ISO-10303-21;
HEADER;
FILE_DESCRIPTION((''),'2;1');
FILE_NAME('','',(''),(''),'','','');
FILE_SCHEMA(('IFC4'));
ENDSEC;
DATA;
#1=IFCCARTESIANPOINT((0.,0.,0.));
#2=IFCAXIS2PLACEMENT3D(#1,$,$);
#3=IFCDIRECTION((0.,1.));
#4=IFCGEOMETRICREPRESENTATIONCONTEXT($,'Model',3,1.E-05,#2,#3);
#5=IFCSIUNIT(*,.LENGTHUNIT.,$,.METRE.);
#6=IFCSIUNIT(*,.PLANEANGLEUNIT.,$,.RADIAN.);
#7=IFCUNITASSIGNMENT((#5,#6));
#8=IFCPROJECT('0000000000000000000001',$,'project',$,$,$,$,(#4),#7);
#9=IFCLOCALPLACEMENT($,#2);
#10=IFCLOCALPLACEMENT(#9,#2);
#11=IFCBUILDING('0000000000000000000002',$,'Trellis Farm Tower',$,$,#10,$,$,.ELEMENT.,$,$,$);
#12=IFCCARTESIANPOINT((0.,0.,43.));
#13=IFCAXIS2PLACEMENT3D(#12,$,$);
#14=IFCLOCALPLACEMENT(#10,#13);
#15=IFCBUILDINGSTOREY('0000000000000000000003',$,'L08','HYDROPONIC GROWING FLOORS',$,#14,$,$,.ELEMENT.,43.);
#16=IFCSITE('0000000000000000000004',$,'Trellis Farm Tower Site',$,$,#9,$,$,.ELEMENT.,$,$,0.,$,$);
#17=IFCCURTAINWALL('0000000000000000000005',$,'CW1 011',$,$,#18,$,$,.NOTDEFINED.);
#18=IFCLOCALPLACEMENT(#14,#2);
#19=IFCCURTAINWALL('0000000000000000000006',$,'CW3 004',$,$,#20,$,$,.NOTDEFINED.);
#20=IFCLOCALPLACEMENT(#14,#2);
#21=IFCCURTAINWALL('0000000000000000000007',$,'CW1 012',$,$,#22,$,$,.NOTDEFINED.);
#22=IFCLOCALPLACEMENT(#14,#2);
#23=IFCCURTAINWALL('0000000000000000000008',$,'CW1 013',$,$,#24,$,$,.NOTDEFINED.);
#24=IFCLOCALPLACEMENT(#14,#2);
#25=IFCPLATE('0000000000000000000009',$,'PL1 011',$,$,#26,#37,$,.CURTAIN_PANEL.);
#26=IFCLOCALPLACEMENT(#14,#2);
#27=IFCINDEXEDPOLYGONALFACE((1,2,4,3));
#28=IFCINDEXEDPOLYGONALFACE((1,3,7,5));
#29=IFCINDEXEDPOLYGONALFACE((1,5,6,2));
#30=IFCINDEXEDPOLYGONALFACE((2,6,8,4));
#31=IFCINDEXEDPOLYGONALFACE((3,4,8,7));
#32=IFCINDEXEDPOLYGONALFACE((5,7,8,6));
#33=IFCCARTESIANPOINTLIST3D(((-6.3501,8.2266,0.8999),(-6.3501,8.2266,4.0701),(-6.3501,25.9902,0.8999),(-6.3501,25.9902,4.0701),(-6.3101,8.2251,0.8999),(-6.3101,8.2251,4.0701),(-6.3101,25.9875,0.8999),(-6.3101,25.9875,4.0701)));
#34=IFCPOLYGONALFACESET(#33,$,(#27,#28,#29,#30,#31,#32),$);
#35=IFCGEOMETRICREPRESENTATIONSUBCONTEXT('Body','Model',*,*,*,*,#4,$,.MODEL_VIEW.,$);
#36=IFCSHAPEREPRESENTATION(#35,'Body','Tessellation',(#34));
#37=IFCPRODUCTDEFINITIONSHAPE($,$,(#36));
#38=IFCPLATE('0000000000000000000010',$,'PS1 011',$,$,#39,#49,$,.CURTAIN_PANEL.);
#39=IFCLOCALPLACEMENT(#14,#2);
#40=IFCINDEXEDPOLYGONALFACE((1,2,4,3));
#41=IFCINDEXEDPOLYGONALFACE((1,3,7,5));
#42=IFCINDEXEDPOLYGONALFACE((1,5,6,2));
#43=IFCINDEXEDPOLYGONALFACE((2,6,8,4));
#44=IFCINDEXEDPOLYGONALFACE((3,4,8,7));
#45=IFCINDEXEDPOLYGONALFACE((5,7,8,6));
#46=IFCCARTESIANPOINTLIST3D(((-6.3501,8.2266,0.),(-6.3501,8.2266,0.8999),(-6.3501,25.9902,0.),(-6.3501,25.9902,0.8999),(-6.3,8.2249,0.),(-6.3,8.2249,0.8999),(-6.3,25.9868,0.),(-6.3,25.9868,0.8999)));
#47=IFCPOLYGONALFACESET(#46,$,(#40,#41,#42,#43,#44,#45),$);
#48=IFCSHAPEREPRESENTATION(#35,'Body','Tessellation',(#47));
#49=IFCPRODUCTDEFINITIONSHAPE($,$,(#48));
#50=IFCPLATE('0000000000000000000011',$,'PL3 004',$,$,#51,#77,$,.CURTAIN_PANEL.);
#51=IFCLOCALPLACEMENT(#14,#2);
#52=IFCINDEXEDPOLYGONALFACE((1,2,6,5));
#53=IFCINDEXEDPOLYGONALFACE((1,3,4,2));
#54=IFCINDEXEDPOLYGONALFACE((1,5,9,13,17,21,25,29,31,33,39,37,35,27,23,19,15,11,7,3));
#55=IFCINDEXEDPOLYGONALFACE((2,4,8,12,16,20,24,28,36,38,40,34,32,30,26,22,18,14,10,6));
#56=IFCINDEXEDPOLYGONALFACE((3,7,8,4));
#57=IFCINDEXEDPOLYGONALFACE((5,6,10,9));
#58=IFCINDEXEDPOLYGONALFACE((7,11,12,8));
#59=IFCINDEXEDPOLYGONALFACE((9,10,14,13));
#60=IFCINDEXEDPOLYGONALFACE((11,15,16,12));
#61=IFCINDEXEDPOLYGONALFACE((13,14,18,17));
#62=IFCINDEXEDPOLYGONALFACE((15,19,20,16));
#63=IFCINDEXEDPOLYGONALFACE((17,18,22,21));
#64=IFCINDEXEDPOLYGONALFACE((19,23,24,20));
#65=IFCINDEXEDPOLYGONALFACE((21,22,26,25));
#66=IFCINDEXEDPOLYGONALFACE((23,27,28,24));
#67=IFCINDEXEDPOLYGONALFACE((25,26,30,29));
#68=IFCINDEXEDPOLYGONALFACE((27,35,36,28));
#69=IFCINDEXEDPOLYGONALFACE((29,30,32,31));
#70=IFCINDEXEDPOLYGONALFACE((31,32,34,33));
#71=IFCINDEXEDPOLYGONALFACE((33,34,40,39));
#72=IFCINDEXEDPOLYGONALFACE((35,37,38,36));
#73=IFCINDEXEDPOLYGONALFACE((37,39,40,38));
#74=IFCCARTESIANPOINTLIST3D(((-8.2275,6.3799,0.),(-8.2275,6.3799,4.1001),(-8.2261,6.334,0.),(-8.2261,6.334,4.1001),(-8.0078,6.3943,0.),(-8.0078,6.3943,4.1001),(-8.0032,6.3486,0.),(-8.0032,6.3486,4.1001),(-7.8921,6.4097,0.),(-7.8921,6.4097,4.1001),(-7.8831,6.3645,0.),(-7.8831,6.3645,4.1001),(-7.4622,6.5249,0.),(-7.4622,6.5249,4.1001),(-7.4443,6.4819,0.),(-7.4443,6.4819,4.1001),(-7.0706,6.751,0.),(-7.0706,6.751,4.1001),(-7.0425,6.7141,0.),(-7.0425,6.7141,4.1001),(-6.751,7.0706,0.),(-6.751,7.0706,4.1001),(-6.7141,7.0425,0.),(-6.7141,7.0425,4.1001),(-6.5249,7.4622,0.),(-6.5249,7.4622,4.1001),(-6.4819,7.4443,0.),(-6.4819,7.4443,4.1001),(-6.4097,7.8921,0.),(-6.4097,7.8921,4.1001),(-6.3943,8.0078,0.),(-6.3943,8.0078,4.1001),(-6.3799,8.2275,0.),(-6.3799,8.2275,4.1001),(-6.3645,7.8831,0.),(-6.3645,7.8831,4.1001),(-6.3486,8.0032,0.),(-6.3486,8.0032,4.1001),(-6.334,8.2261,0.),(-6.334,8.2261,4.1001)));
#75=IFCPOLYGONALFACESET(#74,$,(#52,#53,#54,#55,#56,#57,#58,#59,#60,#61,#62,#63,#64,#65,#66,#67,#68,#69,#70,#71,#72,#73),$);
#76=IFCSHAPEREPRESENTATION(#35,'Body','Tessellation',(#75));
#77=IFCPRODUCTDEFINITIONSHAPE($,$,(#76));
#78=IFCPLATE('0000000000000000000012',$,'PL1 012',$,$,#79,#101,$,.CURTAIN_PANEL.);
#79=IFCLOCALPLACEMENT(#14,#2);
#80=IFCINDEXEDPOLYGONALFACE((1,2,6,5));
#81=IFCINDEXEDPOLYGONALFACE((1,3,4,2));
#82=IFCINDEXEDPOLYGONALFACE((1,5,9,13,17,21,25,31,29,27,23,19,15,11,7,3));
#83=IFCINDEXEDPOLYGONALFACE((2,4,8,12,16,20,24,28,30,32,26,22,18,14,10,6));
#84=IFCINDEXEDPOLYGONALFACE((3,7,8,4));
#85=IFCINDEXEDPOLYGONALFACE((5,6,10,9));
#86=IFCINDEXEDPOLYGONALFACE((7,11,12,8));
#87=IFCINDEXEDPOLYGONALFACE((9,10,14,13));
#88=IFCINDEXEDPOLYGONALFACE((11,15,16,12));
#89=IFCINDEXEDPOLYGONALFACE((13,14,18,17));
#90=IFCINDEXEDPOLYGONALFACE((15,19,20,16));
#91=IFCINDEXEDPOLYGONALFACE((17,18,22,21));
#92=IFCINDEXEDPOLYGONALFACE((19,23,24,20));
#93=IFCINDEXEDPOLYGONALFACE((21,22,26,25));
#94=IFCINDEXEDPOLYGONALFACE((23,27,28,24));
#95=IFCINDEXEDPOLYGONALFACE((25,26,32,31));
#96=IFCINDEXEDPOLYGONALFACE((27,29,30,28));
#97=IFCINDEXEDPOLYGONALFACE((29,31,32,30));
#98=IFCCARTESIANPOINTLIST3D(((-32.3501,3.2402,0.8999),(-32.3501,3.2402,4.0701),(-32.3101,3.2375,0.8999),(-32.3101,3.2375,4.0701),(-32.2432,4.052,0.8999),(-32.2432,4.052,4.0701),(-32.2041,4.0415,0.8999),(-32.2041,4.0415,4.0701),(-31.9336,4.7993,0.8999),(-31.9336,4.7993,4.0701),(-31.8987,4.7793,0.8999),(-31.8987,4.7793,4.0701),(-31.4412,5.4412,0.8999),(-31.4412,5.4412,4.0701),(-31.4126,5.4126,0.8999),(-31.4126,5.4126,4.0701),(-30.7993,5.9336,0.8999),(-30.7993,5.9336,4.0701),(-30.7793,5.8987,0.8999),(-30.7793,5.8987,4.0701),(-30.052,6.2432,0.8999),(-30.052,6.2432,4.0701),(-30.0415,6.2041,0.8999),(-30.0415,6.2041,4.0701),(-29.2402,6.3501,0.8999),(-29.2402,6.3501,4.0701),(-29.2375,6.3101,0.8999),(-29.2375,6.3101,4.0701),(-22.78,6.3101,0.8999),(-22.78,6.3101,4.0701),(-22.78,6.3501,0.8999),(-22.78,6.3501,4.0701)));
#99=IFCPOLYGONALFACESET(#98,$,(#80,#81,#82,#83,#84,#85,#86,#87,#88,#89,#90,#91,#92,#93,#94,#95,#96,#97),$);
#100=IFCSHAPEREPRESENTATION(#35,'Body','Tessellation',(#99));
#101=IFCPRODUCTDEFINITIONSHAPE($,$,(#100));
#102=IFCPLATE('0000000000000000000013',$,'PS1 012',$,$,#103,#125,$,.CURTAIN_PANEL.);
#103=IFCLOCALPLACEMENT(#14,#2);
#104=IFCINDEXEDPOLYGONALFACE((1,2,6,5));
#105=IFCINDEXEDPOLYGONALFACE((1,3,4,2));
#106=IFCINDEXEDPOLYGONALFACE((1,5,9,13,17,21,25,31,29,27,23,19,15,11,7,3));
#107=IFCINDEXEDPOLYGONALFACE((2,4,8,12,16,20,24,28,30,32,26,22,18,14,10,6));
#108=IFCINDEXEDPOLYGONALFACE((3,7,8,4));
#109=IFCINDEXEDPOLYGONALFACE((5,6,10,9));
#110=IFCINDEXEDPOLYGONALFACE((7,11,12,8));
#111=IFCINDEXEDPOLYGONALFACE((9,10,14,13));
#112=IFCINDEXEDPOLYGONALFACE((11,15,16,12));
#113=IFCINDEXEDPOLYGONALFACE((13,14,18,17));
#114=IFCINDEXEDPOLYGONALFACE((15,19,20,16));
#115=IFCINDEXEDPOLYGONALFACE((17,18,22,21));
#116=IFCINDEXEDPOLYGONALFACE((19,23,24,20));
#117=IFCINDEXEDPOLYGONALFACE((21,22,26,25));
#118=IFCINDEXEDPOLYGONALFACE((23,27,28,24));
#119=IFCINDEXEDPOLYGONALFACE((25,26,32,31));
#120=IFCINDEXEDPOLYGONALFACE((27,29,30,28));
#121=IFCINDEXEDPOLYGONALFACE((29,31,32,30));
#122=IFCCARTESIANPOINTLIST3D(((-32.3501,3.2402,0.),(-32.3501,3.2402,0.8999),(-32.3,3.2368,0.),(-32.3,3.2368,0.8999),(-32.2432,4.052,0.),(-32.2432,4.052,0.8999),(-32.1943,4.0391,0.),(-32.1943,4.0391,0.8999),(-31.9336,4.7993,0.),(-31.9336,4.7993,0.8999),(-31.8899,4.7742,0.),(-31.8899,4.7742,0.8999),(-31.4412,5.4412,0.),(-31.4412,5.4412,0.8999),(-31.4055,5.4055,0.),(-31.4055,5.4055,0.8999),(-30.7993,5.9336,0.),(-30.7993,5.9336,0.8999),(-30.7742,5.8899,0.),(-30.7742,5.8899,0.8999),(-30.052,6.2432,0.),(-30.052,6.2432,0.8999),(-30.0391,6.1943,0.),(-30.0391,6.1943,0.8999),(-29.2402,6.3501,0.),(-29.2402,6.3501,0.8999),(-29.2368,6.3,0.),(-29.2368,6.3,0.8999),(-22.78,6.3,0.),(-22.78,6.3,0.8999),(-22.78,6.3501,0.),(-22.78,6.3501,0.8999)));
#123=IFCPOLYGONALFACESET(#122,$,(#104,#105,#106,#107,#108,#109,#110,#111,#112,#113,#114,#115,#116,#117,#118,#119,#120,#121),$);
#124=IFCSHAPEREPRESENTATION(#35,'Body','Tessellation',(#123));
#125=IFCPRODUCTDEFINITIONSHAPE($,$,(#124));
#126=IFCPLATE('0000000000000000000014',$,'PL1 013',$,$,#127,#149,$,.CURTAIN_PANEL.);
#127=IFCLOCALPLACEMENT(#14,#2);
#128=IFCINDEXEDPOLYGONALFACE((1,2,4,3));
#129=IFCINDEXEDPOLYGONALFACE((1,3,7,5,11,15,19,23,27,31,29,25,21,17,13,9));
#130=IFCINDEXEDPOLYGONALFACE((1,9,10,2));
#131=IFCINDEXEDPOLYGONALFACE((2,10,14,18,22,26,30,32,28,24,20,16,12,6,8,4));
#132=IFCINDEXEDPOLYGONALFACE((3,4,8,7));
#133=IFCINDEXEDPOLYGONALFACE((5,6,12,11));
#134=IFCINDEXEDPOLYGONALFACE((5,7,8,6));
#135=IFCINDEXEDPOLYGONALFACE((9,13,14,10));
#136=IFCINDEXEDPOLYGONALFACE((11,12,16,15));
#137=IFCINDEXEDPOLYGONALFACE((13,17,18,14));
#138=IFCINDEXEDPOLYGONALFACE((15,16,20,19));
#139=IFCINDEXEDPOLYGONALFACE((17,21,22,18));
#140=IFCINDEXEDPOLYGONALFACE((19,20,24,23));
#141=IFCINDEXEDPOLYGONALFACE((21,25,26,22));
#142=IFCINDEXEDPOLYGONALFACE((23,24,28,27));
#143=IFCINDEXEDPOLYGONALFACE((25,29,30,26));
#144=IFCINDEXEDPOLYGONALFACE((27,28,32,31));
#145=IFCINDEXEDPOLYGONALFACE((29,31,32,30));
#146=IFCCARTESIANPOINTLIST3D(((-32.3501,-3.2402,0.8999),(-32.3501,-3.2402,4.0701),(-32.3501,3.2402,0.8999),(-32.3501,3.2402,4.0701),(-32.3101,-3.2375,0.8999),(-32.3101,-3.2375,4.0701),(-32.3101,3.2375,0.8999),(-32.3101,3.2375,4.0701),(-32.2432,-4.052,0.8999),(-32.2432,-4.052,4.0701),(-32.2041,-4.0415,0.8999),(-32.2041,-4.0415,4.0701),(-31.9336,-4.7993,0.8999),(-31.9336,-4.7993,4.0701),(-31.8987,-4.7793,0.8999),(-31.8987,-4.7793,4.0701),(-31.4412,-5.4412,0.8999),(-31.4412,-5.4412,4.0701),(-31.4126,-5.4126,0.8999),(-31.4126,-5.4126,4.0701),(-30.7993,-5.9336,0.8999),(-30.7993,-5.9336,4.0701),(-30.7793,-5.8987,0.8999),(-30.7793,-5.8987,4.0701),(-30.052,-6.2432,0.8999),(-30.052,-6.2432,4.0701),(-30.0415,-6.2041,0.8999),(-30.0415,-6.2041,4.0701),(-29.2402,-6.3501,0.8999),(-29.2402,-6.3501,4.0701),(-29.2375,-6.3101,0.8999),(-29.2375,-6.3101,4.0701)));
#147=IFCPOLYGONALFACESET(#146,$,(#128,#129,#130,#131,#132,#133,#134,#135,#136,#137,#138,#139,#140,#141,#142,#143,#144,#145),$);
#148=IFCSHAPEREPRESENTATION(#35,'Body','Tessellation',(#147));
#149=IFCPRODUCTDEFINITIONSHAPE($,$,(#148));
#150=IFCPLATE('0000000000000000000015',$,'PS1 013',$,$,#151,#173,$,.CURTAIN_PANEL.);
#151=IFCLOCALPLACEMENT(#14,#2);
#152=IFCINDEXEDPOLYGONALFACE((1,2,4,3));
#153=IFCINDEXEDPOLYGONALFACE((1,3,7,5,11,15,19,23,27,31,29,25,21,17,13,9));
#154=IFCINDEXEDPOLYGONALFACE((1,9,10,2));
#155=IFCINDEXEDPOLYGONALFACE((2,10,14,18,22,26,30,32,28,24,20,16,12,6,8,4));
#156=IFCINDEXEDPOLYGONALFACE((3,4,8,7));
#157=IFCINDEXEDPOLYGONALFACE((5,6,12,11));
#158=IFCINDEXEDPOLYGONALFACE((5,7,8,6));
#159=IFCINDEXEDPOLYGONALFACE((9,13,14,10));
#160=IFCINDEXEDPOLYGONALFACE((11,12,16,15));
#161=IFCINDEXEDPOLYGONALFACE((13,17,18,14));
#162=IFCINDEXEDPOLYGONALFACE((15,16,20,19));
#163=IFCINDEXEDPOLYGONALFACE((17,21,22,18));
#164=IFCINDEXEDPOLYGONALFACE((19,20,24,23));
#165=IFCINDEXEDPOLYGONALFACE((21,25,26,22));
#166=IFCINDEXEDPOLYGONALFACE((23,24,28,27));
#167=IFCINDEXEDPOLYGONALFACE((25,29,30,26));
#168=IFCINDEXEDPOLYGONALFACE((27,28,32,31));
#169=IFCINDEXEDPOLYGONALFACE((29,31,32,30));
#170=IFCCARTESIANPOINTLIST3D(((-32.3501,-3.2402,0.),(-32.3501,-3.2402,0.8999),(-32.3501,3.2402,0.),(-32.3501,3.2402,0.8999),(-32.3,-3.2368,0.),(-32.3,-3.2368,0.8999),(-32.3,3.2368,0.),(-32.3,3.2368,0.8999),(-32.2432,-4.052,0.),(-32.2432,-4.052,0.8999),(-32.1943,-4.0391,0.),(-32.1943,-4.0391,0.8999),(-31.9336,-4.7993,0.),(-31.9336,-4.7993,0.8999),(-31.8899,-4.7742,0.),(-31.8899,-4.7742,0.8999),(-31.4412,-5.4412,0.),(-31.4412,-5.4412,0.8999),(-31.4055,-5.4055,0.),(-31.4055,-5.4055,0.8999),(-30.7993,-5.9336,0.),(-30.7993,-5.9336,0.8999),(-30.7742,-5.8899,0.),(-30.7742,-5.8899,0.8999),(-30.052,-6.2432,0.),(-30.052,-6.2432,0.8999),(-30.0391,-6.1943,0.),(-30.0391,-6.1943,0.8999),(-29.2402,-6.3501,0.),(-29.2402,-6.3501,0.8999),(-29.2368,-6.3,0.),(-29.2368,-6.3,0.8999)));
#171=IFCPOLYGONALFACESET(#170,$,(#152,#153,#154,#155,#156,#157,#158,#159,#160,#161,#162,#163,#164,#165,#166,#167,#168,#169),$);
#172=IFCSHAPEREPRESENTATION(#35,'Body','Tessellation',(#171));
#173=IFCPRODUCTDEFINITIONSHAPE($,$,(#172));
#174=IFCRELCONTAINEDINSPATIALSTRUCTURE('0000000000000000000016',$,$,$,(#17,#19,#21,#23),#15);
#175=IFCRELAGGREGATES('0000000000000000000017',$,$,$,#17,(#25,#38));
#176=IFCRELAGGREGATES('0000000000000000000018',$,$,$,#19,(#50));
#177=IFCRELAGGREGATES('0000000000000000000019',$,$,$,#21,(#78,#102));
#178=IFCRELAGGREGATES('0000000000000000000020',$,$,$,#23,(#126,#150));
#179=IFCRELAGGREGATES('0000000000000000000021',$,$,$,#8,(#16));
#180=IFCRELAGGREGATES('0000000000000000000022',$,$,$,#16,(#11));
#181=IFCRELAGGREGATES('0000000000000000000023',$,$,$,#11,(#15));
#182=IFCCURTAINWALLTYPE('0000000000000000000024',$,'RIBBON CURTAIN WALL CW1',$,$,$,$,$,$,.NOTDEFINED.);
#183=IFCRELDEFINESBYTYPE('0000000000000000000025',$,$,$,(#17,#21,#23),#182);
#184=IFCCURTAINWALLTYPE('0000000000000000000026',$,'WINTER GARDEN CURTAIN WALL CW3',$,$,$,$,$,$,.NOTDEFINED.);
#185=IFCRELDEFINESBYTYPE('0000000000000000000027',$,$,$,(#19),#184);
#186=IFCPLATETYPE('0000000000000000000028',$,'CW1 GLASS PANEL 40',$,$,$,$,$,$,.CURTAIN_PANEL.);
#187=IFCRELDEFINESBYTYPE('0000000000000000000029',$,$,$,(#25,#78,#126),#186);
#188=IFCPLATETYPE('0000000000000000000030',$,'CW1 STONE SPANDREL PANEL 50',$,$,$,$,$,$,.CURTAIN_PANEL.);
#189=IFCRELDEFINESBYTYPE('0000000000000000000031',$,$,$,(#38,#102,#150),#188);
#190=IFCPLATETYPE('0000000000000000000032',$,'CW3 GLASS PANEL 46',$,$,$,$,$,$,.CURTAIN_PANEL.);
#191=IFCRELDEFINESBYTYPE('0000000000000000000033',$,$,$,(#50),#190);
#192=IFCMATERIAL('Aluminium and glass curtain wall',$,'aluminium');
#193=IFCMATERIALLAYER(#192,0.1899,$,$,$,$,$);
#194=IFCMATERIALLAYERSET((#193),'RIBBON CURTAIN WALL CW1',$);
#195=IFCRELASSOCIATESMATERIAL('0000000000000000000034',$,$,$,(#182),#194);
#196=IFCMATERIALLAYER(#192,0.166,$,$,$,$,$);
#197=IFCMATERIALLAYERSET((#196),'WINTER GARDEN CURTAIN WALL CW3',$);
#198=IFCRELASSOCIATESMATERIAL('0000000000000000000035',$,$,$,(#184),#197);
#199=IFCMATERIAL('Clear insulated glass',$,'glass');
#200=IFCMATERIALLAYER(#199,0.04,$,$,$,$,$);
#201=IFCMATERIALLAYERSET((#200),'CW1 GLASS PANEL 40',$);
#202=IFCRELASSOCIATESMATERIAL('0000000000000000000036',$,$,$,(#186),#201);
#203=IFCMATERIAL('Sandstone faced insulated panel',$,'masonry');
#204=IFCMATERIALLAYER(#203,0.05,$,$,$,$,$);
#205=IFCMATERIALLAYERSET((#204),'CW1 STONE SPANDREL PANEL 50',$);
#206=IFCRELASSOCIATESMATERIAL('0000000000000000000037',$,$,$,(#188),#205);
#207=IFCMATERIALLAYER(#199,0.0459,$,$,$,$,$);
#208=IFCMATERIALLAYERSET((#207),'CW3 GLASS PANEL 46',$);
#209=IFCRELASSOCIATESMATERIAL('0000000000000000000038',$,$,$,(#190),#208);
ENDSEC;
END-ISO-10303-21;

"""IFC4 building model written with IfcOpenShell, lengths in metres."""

from ifc_helpers import new_model, si_unit, direction, frame, origin, place, context, subcontext, project, spatial, polyline, outline, extrude, source, transform, mapped, material, layer, layer_set, type_object, element, aggregate, save


model = new_model("IFC4")

# Units and contexts
model_context = context("Model", 3, precision=1e-05, world=origin(), true_north=direction((0.0, 1.0)))
body_context = subcontext(model_context, "Body", "Model", "MODEL_VIEW")
ifc_project = project(units=[si_unit("LENGTHUNIT", "METRE"), si_unit("PLANEANGLEUNIT", "RADIAN")], contexts=[model_context])

# Site, building, storey
site_placement = place(None, origin())
site = spatial("IfcSite", under=ifc_project, at=site_placement, Name="Trellis Farm Tower Site", CompositionType="ELEMENT", RefElevation=0.0)
building_placement = place(site_placement, origin())
building = spatial("IfcBuilding", under=site, at=building_placement, Name="Trellis Farm Tower", CompositionType="ELEMENT")
storey_placement = place(building_placement, frame((0.0, 0.0, 43.0)))
storey = spatial("IfcBuildingStorey", under=building, at=storey_placement, Name="L08", Description="HYDROPONIC GROWING FLOORS", CompositionType="ELEMENT", Elevation=43.0)

# Curtain walls
ifc_material_1 = material(Name="Aluminium and glass curtain wall", Category="aluminium")
ifc_layer_1 = layer(ifc_material_1, 0.1899)
ifc_layer_set_1 = layer_set([ifc_layer_1], Name="RIBBON CURTAIN WALL CW1")
curtain_wall_type_1 = type_object("IfcCurtainWallType", Name="RIBBON CURTAIN WALL CW1", PredefinedType="NOTDEFINED", material=ifc_layer_set_1)
placement_1 = place(storey_placement, origin())
curtain_wall_1 = element("IfcCurtainWall", 1, at=placement_1, inside=storey, type_object=curtain_wall_type_1, Name="CW1 011", PredefinedType="NOTDEFINED")
ifc_layer_2 = layer(ifc_material_1, 0.166)
ifc_layer_set_2 = layer_set([ifc_layer_2], Name="WINTER GARDEN CURTAIN WALL CW3")
curtain_wall_type_2 = type_object("IfcCurtainWallType", Name="WINTER GARDEN CURTAIN WALL CW3", PredefinedType="NOTDEFINED", material=ifc_layer_set_2)
curtain_wall_2 = element("IfcCurtainWall", 2, at=placement_1, inside=storey, type_object=curtain_wall_type_2, Name="CW3 004", PredefinedType="NOTDEFINED")
curtain_wall_3 = element("IfcCurtainWall", 3, at=placement_1, inside=storey, type_object=curtain_wall_type_1, Name="CW1 012", PredefinedType="NOTDEFINED")
curtain_wall_4 = element("IfcCurtainWall", 4, at=placement_1, inside=storey, type_object=curtain_wall_type_1, Name="CW1 013", PredefinedType="NOTDEFINED")

# Plates
ifc_material_2 = material(Name="Clear insulated glass", Category="glass")
ifc_layer_3 = layer(ifc_material_2, 0.04)
ifc_layer_set_3 = layer_set([ifc_layer_3], Name="CW1 GLASS PANEL 40")
plate_type_1 = type_object("IfcPlateType", Name="CW1 GLASS PANEL 40", PredefinedType="CURTAIN_PANEL", material=ifc_layer_set_3)
placement_2 = place(storey_placement, frame((0.0, 0.0, 0.8999)))
ifc_material_3 = material(Name="Sandstone faced insulated panel", Category="masonry")
ifc_layer_4 = layer(ifc_material_3, 0.05)
ifc_layer_set_4 = layer_set([ifc_layer_4], Name="CW1 STONE SPANDREL PANEL 50")
plate_type_2 = type_object("IfcPlateType", Name="CW1 STONE SPANDREL PANEL 50", PredefinedType="CURTAIN_PANEL", material=ifc_layer_set_4)
shared_shape_1 = source(origin(), body_context, "Body", "SweptSolid", [
    extrude(outline(polyline([(-6.3501, 25.9902), (-6.3501, 8.2266), (-6.3101, 8.2251), (-6.3101, 25.9875), (-6.3501, 25.9902)])), origin(), (0.0, 0.0, 1.0), 3.1702),
])
plate_1 = element("IfcPlate", 5, at=placement_2, type_object=plate_type_1, Name="PL1 011", PredefinedType="CURTAIN_PANEL", context=body_context, shape_type="MappedRepresentation", body=[
    mapped(shared_shape_1, transform((0.0, 0.0, 0.0))),
])
shared_shape_2 = source(origin(), body_context, "Body", "SweptSolid", [
    extrude(outline(polyline([(-6.3501, 25.9902), (-6.3501, 8.2266), (-6.3, 8.2249), (-6.3, 25.9868), (-6.3501, 25.9902)])), origin(), (0.0, 0.0, 1.0), 0.8999),
])
plate_2 = element("IfcPlate", 6, at=placement_1, type_object=plate_type_2, Name="PS1 011", PredefinedType="CURTAIN_PANEL", context=body_context, shape_type="MappedRepresentation", body=[
    mapped(shared_shape_2, transform((0.0, 0.0, 0.0))),
])
aggregate(curtain_wall_1, [plate_1, plate_2])
ifc_layer_5 = layer(ifc_material_2, 0.0459)
ifc_layer_set_5 = layer_set([ifc_layer_5], Name="CW3 GLASS PANEL 46")
plate_type_3 = type_object("IfcPlateType", Name="CW3 GLASS PANEL 46", PredefinedType="CURTAIN_PANEL", material=ifc_layer_set_5)
shared_shape_3 = source(origin(), body_context, "Body", "SweptSolid", [
    extrude(outline(polyline([(-6.3799, 8.2275), (-6.3943, 8.0078), (-6.4097, 7.8921), (-6.5249, 7.4622), (-6.751, 7.0706), (-7.0706, 6.751), (-7.4622, 6.5249), (-7.8921, 6.4097), (-8.0078, 6.3943), (-8.2275, 6.3799), (-8.2261, 6.334), (-8.0032, 6.3486), (-7.8831, 6.3645), (-7.4443, 6.4819), (-7.0425, 6.7141), (-6.7141, 7.0425), (-6.4819, 7.4443), (-6.3645, 7.8831), (-6.3486, 8.0032), (-6.334, 8.2261), (-6.3799, 8.2275)])), origin(), (0.0, 0.0, 1.0), 4.1001),
])
plate_3 = element("IfcPlate", 7, at=placement_1, type_object=plate_type_3, Name="PL3 004", PredefinedType="CURTAIN_PANEL", context=body_context, shape_type="MappedRepresentation", body=[
    mapped(shared_shape_3, transform((0.0, 0.0, 0.0))),
])
aggregate(curtain_wall_2, [plate_3])
shared_shape_4 = source(origin(), body_context, "Body", "SweptSolid", [
    extrude(outline(polyline([(-22.78, 6.3501), (-29.2402, 6.3501), (-30.052, 6.2432), (-30.7993, 5.9336), (-31.4412, 5.4412), (-31.9336, 4.7993), (-32.2432, 4.052), (-32.3501, 3.2402), (-32.3101, 3.2375), (-32.2041, 4.0415), (-31.8987, 4.7793), (-31.4126, 5.4126), (-30.7793, 5.8987), (-30.0415, 6.2041), (-29.2375, 6.3101), (-22.78, 6.3101), (-22.78, 6.3501)])), origin(), (0.0, 0.0, 1.0), 3.1702),
])
plate_4 = element("IfcPlate", 8, at=placement_2, type_object=plate_type_1, Name="PL1 012", PredefinedType="CURTAIN_PANEL", context=body_context, shape_type="MappedRepresentation", body=[
    mapped(shared_shape_4, transform((0.0, 0.0, 0.0))),
])
shared_shape_5 = source(origin(), body_context, "Body", "SweptSolid", [
    extrude(outline(polyline([(-22.78, 6.3501), (-29.2402, 6.3501), (-30.052, 6.2432), (-30.7993, 5.9336), (-31.4412, 5.4412), (-31.9336, 4.7993), (-32.2432, 4.052), (-32.3501, 3.2402), (-32.3, 3.2368), (-32.1943, 4.0391), (-31.8899, 4.7742), (-31.4055, 5.4055), (-30.7742, 5.8899), (-30.0391, 6.1943), (-29.2368, 6.3), (-22.78, 6.3), (-22.78, 6.3501)])), origin(), (0.0, 0.0, 1.0), 0.8999),
])
plate_5 = element("IfcPlate", 9, at=placement_1, type_object=plate_type_2, Name="PS1 012", PredefinedType="CURTAIN_PANEL", context=body_context, shape_type="MappedRepresentation", body=[
    mapped(shared_shape_5, transform((0.0, 0.0, 0.0))),
])
aggregate(curtain_wall_3, [plate_4, plate_5])
shared_shape_6 = source(origin(), body_context, "Body", "SweptSolid", [
    extrude(outline(polyline([(-32.3501, 3.2402), (-32.3501, -3.2402), (-32.2432, -4.052), (-31.9336, -4.7993), (-31.4412, -5.4412), (-30.7993, -5.9336), (-30.052, -6.2432), (-29.2402, -6.3501), (-29.2375, -6.3101), (-30.0415, -6.2041), (-30.7793, -5.8987), (-31.4126, -5.4126), (-31.8987, -4.7793), (-32.2041, -4.0415), (-32.3101, -3.2375), (-32.3101, 3.2375), (-32.3501, 3.2402)])), origin(), (0.0, 0.0, 1.0), 3.1702),
])
plate_6 = element("IfcPlate", 10, at=placement_2, type_object=plate_type_1, Name="PL1 013", PredefinedType="CURTAIN_PANEL", context=body_context, shape_type="MappedRepresentation", body=[
    mapped(shared_shape_6, transform((0.0, 0.0, 0.0))),
])
shared_shape_7 = source(origin(), body_context, "Body", "SweptSolid", [
    extrude(outline(polyline([(-32.3501, 3.2402), (-32.3501, -3.2402), (-32.2432, -4.052), (-31.9336, -4.7993), (-31.4412, -5.4412), (-30.7993, -5.9336), (-30.052, -6.2432), (-29.2402, -6.3501), (-29.2368, -6.3), (-30.0391, -6.1943), (-30.7742, -5.8899), (-31.4055, -5.4055), (-31.8899, -4.7742), (-32.1943, -4.0391), (-32.3, -3.2368), (-32.3, 3.2368), (-32.3501, 3.2402)])), origin(), (0.0, 0.0, 1.0), 0.8999),
])
plate_7 = element("IfcPlate", 11, at=placement_1, type_object=plate_type_2, Name="PS1 013", PredefinedType="CURTAIN_PANEL", context=body_context, shape_type="MappedRepresentation", body=[
    mapped(shared_shape_7, transform((0.0, 0.0, 0.0))),
])
aggregate(curtain_wall_4, [plate_6, plate_7])

save(model, "model.ifc")
